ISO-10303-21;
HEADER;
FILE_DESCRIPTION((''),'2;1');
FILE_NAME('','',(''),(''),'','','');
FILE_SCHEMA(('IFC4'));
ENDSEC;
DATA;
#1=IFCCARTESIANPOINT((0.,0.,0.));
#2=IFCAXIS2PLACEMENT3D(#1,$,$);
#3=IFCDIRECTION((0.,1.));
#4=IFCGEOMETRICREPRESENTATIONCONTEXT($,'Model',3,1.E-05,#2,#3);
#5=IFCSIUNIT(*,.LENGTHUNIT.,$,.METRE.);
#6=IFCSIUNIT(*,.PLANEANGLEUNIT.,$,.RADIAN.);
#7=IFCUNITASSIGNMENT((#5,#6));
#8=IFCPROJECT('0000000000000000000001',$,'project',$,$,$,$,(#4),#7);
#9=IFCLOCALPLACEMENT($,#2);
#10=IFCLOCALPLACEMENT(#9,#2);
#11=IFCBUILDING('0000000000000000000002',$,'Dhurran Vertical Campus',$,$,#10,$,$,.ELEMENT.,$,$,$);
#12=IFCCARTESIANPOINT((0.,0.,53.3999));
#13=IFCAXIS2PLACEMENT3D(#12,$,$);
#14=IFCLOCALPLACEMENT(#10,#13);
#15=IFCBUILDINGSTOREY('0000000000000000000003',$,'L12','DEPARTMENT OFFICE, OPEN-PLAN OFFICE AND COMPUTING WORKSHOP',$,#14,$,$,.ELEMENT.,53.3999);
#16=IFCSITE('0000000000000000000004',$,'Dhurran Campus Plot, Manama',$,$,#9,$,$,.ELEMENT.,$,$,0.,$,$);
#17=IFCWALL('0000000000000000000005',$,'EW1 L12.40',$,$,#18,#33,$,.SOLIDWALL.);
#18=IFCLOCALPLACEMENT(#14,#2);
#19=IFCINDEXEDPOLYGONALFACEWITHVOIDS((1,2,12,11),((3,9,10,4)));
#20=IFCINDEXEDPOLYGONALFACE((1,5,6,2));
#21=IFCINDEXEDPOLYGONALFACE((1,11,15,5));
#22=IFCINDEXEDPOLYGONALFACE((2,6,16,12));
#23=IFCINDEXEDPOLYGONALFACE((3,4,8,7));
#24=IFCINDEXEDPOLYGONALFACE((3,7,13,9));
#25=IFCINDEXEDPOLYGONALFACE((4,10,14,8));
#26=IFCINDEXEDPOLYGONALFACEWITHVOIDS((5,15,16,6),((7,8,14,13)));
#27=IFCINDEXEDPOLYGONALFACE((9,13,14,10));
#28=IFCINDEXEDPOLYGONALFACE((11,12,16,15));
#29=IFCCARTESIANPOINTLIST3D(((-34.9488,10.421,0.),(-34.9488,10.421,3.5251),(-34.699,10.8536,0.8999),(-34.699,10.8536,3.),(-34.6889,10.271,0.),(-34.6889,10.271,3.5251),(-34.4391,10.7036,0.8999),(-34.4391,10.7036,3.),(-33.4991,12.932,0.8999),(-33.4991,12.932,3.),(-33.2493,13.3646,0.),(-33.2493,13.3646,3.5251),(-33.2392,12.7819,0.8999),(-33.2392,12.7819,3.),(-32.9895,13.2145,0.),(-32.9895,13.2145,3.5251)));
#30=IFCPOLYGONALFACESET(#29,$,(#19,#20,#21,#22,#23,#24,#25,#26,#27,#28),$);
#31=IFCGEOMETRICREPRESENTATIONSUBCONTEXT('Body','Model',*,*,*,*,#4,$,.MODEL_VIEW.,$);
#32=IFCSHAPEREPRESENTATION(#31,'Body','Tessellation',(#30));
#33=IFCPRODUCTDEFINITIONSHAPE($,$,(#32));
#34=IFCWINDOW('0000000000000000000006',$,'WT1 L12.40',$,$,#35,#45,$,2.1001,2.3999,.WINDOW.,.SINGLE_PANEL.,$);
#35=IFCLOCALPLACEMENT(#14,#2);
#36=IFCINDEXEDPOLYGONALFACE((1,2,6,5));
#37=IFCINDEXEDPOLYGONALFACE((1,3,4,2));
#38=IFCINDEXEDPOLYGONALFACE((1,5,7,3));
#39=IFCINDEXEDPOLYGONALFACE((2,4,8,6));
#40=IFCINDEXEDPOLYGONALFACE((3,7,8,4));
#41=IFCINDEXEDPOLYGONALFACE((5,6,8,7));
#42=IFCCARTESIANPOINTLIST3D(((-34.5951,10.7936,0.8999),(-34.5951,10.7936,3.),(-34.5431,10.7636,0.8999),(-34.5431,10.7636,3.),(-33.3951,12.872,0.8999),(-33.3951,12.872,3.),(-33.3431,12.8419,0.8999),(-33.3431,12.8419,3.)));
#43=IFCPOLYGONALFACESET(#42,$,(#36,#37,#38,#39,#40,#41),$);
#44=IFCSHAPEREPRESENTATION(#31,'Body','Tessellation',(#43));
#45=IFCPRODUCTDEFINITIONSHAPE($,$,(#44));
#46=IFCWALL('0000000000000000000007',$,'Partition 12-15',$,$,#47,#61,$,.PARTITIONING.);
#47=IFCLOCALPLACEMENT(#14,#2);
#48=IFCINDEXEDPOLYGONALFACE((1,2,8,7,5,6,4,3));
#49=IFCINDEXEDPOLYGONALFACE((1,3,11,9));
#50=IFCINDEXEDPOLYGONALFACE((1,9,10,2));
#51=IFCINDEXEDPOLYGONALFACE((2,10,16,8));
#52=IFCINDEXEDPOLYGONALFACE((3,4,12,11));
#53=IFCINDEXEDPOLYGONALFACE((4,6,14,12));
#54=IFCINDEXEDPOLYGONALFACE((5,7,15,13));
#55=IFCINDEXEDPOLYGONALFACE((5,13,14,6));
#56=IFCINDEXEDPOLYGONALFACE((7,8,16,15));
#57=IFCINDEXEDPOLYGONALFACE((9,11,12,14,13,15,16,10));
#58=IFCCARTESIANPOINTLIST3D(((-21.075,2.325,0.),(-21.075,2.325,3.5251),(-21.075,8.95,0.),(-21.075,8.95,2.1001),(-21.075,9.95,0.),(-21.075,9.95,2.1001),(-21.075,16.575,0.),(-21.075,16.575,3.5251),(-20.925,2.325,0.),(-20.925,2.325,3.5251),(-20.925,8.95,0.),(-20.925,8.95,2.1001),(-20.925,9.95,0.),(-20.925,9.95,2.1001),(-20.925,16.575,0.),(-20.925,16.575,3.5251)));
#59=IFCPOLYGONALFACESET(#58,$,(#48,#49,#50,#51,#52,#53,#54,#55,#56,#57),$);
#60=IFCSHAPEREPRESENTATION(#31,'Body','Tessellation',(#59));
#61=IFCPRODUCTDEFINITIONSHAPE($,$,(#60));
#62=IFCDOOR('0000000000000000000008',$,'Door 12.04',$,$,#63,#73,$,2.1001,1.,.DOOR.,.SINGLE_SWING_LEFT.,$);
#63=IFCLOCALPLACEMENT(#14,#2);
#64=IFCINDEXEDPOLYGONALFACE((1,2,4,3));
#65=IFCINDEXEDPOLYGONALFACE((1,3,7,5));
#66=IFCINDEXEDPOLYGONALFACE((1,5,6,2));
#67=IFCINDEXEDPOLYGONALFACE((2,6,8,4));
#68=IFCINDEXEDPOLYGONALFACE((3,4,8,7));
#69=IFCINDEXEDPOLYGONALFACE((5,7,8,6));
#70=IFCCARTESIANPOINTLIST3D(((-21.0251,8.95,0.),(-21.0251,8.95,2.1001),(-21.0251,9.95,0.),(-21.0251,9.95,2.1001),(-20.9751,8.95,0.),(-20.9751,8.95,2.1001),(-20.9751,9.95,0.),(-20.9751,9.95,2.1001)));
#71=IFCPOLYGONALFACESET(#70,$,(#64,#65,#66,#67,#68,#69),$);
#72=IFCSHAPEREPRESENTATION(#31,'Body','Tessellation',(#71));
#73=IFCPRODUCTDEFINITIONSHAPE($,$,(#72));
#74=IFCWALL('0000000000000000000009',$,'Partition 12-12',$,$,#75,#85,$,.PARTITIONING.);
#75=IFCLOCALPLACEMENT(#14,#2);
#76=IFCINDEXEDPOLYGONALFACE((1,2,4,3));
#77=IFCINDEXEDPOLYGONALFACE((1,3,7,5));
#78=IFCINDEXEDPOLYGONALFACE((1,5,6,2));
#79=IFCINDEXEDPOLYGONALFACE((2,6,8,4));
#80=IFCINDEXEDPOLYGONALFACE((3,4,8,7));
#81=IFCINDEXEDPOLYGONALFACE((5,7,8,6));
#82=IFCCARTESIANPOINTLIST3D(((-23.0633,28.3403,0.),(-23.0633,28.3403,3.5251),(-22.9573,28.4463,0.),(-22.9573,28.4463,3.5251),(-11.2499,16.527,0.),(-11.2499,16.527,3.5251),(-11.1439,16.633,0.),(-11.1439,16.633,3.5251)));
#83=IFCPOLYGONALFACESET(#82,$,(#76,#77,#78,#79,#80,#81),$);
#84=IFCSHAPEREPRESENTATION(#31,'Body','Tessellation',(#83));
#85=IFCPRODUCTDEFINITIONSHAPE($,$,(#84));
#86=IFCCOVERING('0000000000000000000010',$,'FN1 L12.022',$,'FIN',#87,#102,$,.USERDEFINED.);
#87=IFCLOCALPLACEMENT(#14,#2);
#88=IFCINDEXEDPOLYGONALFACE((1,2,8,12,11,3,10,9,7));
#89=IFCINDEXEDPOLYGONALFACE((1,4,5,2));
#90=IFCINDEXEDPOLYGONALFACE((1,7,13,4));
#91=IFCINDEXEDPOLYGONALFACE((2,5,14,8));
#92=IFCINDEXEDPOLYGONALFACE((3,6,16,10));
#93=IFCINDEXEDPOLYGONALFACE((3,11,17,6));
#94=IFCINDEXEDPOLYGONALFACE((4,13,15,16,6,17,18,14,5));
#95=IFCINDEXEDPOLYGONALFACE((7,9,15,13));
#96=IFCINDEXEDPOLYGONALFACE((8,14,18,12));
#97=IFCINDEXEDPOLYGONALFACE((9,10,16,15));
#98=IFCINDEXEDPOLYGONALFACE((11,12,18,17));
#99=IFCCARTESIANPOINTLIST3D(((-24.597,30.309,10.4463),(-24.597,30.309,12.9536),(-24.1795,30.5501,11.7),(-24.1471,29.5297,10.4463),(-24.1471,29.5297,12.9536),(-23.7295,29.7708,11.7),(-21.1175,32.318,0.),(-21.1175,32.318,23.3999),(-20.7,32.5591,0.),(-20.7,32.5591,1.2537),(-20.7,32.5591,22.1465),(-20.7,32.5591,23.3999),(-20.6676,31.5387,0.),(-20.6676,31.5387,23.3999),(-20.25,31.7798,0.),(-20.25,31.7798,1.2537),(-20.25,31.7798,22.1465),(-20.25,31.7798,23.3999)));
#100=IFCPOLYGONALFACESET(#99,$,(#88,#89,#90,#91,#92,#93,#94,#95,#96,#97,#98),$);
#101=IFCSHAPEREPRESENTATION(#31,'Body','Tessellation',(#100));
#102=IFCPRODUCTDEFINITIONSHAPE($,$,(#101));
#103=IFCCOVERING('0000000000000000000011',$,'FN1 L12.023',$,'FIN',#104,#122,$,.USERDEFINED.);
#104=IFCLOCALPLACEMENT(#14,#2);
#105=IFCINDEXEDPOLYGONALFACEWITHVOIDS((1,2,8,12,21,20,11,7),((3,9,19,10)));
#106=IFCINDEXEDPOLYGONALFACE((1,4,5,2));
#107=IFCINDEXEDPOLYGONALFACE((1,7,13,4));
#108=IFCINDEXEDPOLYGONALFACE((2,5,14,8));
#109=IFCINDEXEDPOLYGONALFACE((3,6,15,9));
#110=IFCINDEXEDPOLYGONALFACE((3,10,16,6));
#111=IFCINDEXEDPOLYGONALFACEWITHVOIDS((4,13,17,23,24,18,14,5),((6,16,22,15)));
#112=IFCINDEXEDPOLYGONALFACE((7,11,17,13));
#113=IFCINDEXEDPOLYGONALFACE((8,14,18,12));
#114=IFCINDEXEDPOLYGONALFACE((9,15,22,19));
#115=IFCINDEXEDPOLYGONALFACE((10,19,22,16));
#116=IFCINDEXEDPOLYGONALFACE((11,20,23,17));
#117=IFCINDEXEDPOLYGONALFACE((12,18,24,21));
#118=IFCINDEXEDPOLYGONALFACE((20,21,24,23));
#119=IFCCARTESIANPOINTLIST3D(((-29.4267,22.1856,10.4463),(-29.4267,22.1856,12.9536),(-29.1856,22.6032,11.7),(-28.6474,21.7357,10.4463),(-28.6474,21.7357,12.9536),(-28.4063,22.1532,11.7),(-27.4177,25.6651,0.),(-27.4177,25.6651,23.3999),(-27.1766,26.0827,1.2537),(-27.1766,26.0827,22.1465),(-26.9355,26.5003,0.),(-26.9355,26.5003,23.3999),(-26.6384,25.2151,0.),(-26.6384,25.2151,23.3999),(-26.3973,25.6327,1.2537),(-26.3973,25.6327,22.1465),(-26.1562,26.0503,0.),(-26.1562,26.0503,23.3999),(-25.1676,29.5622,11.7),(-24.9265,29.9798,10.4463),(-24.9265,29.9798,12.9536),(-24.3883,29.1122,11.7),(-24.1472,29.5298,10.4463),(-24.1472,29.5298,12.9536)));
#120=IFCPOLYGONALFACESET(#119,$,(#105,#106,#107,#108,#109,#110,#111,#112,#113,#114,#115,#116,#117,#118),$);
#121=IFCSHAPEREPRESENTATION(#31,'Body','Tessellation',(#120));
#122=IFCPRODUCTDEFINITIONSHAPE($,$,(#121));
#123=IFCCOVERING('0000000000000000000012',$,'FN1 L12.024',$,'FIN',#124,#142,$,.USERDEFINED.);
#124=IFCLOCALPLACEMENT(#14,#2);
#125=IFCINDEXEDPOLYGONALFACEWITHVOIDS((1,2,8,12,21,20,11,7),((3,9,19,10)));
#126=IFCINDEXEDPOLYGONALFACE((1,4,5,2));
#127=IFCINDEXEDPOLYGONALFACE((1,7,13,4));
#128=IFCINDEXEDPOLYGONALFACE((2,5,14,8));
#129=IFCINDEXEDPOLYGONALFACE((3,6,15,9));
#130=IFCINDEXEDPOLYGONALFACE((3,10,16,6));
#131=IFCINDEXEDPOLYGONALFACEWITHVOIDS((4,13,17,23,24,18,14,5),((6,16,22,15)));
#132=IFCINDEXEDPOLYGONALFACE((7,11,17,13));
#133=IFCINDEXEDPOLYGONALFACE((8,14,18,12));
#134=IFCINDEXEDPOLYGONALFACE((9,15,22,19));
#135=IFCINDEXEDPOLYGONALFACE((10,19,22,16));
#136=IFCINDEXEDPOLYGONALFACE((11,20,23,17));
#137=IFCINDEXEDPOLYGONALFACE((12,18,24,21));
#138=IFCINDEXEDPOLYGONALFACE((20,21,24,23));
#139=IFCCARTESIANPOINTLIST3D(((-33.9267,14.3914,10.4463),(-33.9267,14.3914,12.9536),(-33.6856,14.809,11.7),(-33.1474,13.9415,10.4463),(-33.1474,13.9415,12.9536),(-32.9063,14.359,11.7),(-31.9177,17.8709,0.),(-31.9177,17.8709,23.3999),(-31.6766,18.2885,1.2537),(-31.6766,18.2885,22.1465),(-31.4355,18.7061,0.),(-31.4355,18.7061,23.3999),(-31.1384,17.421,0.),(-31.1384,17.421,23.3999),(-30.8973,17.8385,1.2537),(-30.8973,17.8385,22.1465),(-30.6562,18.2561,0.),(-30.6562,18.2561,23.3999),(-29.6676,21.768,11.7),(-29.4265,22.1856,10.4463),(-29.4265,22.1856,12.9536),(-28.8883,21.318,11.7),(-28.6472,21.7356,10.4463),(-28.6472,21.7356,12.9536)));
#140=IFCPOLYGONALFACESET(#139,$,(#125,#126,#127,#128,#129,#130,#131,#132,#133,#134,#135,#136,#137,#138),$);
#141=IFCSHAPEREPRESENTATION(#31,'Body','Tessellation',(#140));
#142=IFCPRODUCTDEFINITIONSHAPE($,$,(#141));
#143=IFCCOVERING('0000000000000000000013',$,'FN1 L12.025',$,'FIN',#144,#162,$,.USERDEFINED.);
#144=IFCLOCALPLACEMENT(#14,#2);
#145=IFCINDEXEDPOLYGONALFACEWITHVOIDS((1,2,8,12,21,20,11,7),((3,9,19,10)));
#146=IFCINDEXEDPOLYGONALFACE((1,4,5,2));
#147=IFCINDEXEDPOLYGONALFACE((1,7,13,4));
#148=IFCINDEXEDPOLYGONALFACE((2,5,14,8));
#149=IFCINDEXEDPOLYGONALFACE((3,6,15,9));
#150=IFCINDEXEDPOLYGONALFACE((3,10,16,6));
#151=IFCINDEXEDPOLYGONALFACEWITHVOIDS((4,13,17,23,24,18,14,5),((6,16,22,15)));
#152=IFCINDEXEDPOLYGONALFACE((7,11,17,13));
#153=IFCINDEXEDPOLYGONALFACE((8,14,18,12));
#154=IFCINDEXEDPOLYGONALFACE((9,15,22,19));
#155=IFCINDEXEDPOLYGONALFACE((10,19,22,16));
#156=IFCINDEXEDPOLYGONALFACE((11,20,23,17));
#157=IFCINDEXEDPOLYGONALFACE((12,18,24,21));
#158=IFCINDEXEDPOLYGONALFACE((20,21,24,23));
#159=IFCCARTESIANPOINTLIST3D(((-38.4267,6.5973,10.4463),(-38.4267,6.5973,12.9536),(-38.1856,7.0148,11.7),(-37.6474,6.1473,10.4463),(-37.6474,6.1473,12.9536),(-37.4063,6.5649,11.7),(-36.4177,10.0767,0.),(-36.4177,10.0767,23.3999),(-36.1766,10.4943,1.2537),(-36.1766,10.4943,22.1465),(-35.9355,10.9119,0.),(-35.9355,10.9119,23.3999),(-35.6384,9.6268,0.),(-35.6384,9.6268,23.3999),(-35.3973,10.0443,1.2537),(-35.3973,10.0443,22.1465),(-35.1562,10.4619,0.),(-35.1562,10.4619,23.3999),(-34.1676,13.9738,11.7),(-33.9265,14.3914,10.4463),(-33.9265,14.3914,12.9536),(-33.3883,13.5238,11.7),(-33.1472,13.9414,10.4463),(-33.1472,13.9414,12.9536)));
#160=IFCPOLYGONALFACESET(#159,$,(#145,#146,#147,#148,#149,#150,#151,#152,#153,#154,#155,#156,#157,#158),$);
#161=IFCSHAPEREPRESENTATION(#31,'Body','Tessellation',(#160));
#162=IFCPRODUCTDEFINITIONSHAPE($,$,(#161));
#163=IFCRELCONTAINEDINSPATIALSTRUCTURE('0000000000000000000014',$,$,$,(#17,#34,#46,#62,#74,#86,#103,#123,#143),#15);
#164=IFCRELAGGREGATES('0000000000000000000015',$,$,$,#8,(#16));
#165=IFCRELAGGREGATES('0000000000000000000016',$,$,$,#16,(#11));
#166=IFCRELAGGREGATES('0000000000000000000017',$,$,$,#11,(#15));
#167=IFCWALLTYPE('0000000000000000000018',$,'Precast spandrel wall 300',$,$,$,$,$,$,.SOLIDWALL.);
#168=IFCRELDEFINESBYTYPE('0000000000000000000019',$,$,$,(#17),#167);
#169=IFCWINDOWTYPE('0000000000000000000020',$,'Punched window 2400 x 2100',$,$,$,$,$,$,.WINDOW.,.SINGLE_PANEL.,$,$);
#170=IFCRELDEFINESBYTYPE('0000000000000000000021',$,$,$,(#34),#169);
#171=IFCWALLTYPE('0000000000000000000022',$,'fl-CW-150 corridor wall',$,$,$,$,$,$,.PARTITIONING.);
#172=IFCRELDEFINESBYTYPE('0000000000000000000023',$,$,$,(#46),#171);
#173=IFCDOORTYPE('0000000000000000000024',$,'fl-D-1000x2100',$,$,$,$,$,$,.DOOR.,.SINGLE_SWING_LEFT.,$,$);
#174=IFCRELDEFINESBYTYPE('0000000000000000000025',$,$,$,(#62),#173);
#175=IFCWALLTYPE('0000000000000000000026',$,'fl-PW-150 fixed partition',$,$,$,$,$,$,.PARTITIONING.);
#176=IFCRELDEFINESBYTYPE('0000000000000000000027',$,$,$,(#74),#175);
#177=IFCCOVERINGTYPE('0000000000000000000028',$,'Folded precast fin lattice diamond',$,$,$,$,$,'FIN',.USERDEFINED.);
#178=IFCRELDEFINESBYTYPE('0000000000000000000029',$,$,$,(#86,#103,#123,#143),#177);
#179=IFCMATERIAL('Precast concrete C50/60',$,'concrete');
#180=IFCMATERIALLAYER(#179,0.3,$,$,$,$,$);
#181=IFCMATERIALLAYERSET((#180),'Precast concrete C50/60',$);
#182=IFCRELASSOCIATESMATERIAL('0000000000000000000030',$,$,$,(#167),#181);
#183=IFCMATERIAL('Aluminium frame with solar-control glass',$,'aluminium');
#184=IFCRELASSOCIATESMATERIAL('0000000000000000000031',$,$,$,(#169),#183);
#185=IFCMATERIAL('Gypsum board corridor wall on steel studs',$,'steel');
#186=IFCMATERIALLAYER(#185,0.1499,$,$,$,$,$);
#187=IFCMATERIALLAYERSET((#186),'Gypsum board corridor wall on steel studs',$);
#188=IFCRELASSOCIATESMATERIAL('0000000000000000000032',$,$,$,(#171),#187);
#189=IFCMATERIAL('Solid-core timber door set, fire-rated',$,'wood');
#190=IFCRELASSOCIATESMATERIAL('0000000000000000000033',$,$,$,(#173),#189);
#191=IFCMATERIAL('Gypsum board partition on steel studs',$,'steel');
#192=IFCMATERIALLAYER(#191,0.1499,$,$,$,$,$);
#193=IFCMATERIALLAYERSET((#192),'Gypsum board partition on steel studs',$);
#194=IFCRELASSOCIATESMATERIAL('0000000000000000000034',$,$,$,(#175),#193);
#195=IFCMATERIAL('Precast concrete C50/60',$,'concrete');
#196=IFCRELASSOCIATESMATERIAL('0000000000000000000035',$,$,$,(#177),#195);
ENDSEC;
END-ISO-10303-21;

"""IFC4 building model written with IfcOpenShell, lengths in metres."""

from ifc_helpers import new_model, si_unit, direction, frame, frame_2d, origin, place, context, subcontext, project, spatial, polyline, rectangle, outline, extrude, material, layer, layer_set, type_object, element, fill, save


model = new_model("IFC4")

# Units and contexts
model_context = context("Model", 3, precision=1e-05, world=origin(), true_north=direction((0.0, 1.0)))
body_context = subcontext(model_context, "Body", "Model", "MODEL_VIEW")
ifc_project = project(units=[si_unit("LENGTHUNIT", "METRE"), si_unit("PLANEANGLEUNIT", "RADIAN")], contexts=[model_context])

# Site, building, storey
site_placement = place(None, origin())
site = spatial("IfcSite", under=ifc_project, at=site_placement, Name="Dhurran Campus Plot, Manama", CompositionType="ELEMENT", RefElevation=0.0)
building_placement = place(site_placement, origin())
building = spatial("IfcBuilding", under=site, at=building_placement, Name="Dhurran Vertical Campus", CompositionType="ELEMENT")
storey_placement = place(building_placement, frame((0.0, 0.0, 53.3999)))
storey = spatial("IfcBuildingStorey", under=building, at=storey_placement, Name="L12", Description="DEPARTMENT OFFICE, OPEN-PLAN OFFICE AND COMPUTING WORKSHOP", CompositionType="ELEMENT", Elevation=53.3999)

# Wall, opening, window
ifc_material_1 = material(Name="Precast concrete C50/60", Category="concrete")
ifc_layer_1 = layer(ifc_material_1, 0.3)
ifc_layer_set_1 = layer_set([ifc_layer_1], Name="Precast concrete C50/60")
wall_type_1 = type_object("IfcWallType", Name="Precast spandrel wall 300", PredefinedType="SOLIDWALL", material=ifc_layer_set_1)
ifc_material_2 = material(Name="Aluminium frame with solar-control glass", Category="aluminium")
window_type = type_object("IfcWindowType", Name="Punched window 2400 x 2100", PartitioningType="SINGLE_PANEL", PredefinedType="WINDOW", material=ifc_material_2)
wall_1_placement = place(storey_placement, frame((-33.1194, 13.2896, 0.0), z_axis=(0.0, 0.0, 1.0), x_axis=(-0.499994, -0.866029, 0.0)))
wall_1 = element("IfcWall", 1, at=wall_1_placement, inside=storey, type_object=wall_type_1, Name="EW1 L12.40", PredefinedType="SOLIDWALL", context=body_context, shape_type="SweptSolid", body=[
    extrude(rectangle(XDim=3.3989, YDim=0.3, at=frame_2d((1.6995, 0.0))), origin(), (0.0, 0.0, 1.0), 3.5251),
])
opening_1_placement = place(wall_1_placement, frame((0.4995, 0.0, 0.8999)))
opening_1 = element("IfcOpeningElement", 2, at=opening_1_placement, cuts=wall_1, PredefinedType="OPENING", context=body_context, shape_type="SweptSolid", body=[
    extrude(rectangle(XDim=2.3999, YDim=2.1001, at=frame_2d((1.2, 1.05))), frame((0.0, 0.1599, 0.0), z_axis=(0.0, -1.0, 0.0), x_axis=(1.0, 0.0, 0.0)), (0.0, 0.0, 1.0), 0.3201),
])
window_1_placement = place(opening_1_placement, origin())
window_1 = element("IfcWindow", 3, at=window_1_placement, inside=storey, type_object=window_type, Name="WT1 L12.40", OverallHeight=2.1001, OverallWidth=2.3999, PartitioningType="SINGLE_PANEL", PredefinedType="WINDOW", context=body_context, shape_type="SweptSolid", body=[
    extrude(rectangle(XDim=2.3999, YDim=2.1001, at=frame_2d((1.2, 1.05))), frame((0.0, 0.03, 0.0), z_axis=(0.0, -1.0, 0.0), x_axis=(1.0, 0.0, 0.0)), (0.0, 0.0, 1.0), 0.0601),
])
fill(opening_1, window_1)

# Wall, opening, door
ifc_material_3 = material(Name="Gypsum board corridor wall on steel studs", Category="steel")
ifc_layer_2 = layer(ifc_material_3, 0.1499)
ifc_layer_set_2 = layer_set([ifc_layer_2], Name="Gypsum board corridor wall on steel studs")
wall_type_2 = type_object("IfcWallType", Name="fl-CW-150 corridor wall", PredefinedType="PARTITIONING", material=ifc_layer_set_2)
wall_2_placement = place(storey_placement, frame((-21.0, 16.575, 0.0), z_axis=(0.0, 0.0, 1.0), x_axis=(0.0, -1.0, 0.0)))
wall_2 = element("IfcWall", 4, at=wall_2_placement, inside=storey, type_object=wall_type_2, Name="Partition 12-15", PredefinedType="PARTITIONING", context=body_context, shape_type="SweptSolid", body=[
    extrude(rectangle(XDim=14.25, YDim=0.1499, at=frame_2d((7.125, 0.0))), origin(), (0.0, 0.0, 1.0), 3.5251),
])
opening_2_placement = place(wall_2_placement, frame((6.625, 0.0, 0.0)))
opening_2 = element("IfcOpeningElement", 5, at=opening_2_placement, cuts=wall_2, PredefinedType="OPENING", context=body_context, shape_type="SweptSolid", body=[
    extrude(rectangle(XDim=1.0, YDim=2.1001, at=frame_2d((0.5, 1.05))), frame((0.0, 0.085, 0.0), z_axis=(0.0, -1.0, 0.0), x_axis=(1.0, 0.0, 0.0)), (0.0, 0.0, 1.0), 0.1699),
])
ifc_material_4 = material(Name="Solid-core timber door set, fire-rated", Category="wood")
door_type = type_object("IfcDoorType", Name="fl-D-1000x2100", OperationType="SINGLE_SWING_LEFT", PredefinedType="DOOR", material=ifc_material_4)
door_placement = place(opening_2_placement, origin())
door = element("IfcDoor", 6, at=door_placement, inside=storey, type_object=door_type, Name="Door 12.04", OperationType="SINGLE_SWING_LEFT", OverallHeight=2.1001, OverallWidth=1.0, PredefinedType="DOOR", context=body_context, shape_type="SweptSolid", body=[
    extrude(rectangle(XDim=1.0, YDim=2.1001, at=frame_2d((0.5, 1.05))), frame((0.0, 0.0249, 0.0), z_axis=(0.0, -1.0, 0.0), x_axis=(1.0, 0.0, 0.0)), (0.0, 0.0, 1.0), 0.05),
])
fill(opening_2, door)

# Wall
ifc_material_5 = material(Name="Gypsum board partition on steel studs", Category="steel")
ifc_layer_3 = layer(ifc_material_5, 0.1499)
ifc_layer_set_3 = layer_set([ifc_layer_3], Name="Gypsum board partition on steel studs")
wall_type_3 = type_object("IfcWallType", Name="fl-PW-150 fixed partition", PredefinedType="PARTITIONING", material=ifc_layer_set_3)
wall_3_placement = place(storey_placement, frame((-23.0103, 28.3933, 0.0), z_axis=(0.0, 0.0, 1.0), x_axis=(0.707107, -0.707107, 0.0)))
element("IfcWall", 7, at=wall_3_placement, inside=storey, type_object=wall_type_3, Name="Partition 12-12", PredefinedType="PARTITIONING", context=body_context, shape_type="SweptSolid", body=[
    extrude(rectangle(XDim=16.7065, YDim=0.1499, at=frame_2d((8.3533, 0.0))), origin(), (0.0, 0.0, 1.0), 3.5251),
])

# Coverings
ifc_material_6 = material(Name="Precast concrete C50/60", Category="concrete")
covering_type = type_object("IfcCoveringType", Name="Folded precast fin lattice diamond", ElementType="FIN", PredefinedType="USERDEFINED", material=ifc_material_6)
covering_placement = place(storey_placement, frame((-20.25, 31.7798, 0.0), z_axis=(-0.50002, 0.866014, 0.0), x_axis=(-0.866014, -0.50002, 0.0)))
element("IfcCovering", 8, at=covering_placement, inside=storey, type_object=covering_type, Name="FN1 L12.022", ObjectType="FIN", PredefinedType="USERDEFINED", context=body_context, shape_type="SweptSolid", body=[
    extrude(outline(polyline([(4.5, 10.4463), (0.4822, 0.0), (0.0, 0.0), (0.0, 1.2537), (4.0178, 11.7), (0.0, 22.1465), (0.0, 23.3999), (0.4822, 23.3999), (4.5, 12.9536), (4.5, 10.4463)])), origin(), (0.0, 0.0, 1.0), 0.8999),
])
for number, where, z_axis, x_axis, name in (
    (9, (-24.1472, 29.5298, 0.0), (-0.866014, 0.50002, 0.0), (-0.50002, -0.866014, 0.0), "FN1 L12.023"),
    (10, (-28.6472, 21.7356, 0.0), (-0.866014, 0.50002, 0.0), (-0.50002, -0.866014, 0.0), "FN1 L12.024"),
    (11, (-33.1472, 13.9414, 0.0), (-0.866014, 0.50002, 0.0), (-0.50002, -0.866014, 0.0), "FN1 L12.025"),
):
    element("IfcCovering", number, at=place(storey_placement, frame(where, z_axis=z_axis, x_axis=x_axis)), inside=storey, type_object=covering_type, Name=name, ObjectType="FIN", PredefinedType="USERDEFINED", context=body_context, shape_type="SweptSolid", body=[
        extrude(outline(polyline([(9.0, 12.9536), (9.0, 10.4463), (4.9822, 0.0), (4.0178, 0.0), (0.0, 10.4463), (0.0, 12.9536), (4.0178, 23.3999), (4.9822, 23.3999), (9.0, 12.9536)]), holes=[polyline([(8.5178, 11.7), (4.5, 22.1465), (0.4822, 11.7), (4.5, 1.2537), (8.5178, 11.7)])]), origin(), (0.0, 0.0, 1.0), 0.8999),
    ])

save(model, "model.ifc")
